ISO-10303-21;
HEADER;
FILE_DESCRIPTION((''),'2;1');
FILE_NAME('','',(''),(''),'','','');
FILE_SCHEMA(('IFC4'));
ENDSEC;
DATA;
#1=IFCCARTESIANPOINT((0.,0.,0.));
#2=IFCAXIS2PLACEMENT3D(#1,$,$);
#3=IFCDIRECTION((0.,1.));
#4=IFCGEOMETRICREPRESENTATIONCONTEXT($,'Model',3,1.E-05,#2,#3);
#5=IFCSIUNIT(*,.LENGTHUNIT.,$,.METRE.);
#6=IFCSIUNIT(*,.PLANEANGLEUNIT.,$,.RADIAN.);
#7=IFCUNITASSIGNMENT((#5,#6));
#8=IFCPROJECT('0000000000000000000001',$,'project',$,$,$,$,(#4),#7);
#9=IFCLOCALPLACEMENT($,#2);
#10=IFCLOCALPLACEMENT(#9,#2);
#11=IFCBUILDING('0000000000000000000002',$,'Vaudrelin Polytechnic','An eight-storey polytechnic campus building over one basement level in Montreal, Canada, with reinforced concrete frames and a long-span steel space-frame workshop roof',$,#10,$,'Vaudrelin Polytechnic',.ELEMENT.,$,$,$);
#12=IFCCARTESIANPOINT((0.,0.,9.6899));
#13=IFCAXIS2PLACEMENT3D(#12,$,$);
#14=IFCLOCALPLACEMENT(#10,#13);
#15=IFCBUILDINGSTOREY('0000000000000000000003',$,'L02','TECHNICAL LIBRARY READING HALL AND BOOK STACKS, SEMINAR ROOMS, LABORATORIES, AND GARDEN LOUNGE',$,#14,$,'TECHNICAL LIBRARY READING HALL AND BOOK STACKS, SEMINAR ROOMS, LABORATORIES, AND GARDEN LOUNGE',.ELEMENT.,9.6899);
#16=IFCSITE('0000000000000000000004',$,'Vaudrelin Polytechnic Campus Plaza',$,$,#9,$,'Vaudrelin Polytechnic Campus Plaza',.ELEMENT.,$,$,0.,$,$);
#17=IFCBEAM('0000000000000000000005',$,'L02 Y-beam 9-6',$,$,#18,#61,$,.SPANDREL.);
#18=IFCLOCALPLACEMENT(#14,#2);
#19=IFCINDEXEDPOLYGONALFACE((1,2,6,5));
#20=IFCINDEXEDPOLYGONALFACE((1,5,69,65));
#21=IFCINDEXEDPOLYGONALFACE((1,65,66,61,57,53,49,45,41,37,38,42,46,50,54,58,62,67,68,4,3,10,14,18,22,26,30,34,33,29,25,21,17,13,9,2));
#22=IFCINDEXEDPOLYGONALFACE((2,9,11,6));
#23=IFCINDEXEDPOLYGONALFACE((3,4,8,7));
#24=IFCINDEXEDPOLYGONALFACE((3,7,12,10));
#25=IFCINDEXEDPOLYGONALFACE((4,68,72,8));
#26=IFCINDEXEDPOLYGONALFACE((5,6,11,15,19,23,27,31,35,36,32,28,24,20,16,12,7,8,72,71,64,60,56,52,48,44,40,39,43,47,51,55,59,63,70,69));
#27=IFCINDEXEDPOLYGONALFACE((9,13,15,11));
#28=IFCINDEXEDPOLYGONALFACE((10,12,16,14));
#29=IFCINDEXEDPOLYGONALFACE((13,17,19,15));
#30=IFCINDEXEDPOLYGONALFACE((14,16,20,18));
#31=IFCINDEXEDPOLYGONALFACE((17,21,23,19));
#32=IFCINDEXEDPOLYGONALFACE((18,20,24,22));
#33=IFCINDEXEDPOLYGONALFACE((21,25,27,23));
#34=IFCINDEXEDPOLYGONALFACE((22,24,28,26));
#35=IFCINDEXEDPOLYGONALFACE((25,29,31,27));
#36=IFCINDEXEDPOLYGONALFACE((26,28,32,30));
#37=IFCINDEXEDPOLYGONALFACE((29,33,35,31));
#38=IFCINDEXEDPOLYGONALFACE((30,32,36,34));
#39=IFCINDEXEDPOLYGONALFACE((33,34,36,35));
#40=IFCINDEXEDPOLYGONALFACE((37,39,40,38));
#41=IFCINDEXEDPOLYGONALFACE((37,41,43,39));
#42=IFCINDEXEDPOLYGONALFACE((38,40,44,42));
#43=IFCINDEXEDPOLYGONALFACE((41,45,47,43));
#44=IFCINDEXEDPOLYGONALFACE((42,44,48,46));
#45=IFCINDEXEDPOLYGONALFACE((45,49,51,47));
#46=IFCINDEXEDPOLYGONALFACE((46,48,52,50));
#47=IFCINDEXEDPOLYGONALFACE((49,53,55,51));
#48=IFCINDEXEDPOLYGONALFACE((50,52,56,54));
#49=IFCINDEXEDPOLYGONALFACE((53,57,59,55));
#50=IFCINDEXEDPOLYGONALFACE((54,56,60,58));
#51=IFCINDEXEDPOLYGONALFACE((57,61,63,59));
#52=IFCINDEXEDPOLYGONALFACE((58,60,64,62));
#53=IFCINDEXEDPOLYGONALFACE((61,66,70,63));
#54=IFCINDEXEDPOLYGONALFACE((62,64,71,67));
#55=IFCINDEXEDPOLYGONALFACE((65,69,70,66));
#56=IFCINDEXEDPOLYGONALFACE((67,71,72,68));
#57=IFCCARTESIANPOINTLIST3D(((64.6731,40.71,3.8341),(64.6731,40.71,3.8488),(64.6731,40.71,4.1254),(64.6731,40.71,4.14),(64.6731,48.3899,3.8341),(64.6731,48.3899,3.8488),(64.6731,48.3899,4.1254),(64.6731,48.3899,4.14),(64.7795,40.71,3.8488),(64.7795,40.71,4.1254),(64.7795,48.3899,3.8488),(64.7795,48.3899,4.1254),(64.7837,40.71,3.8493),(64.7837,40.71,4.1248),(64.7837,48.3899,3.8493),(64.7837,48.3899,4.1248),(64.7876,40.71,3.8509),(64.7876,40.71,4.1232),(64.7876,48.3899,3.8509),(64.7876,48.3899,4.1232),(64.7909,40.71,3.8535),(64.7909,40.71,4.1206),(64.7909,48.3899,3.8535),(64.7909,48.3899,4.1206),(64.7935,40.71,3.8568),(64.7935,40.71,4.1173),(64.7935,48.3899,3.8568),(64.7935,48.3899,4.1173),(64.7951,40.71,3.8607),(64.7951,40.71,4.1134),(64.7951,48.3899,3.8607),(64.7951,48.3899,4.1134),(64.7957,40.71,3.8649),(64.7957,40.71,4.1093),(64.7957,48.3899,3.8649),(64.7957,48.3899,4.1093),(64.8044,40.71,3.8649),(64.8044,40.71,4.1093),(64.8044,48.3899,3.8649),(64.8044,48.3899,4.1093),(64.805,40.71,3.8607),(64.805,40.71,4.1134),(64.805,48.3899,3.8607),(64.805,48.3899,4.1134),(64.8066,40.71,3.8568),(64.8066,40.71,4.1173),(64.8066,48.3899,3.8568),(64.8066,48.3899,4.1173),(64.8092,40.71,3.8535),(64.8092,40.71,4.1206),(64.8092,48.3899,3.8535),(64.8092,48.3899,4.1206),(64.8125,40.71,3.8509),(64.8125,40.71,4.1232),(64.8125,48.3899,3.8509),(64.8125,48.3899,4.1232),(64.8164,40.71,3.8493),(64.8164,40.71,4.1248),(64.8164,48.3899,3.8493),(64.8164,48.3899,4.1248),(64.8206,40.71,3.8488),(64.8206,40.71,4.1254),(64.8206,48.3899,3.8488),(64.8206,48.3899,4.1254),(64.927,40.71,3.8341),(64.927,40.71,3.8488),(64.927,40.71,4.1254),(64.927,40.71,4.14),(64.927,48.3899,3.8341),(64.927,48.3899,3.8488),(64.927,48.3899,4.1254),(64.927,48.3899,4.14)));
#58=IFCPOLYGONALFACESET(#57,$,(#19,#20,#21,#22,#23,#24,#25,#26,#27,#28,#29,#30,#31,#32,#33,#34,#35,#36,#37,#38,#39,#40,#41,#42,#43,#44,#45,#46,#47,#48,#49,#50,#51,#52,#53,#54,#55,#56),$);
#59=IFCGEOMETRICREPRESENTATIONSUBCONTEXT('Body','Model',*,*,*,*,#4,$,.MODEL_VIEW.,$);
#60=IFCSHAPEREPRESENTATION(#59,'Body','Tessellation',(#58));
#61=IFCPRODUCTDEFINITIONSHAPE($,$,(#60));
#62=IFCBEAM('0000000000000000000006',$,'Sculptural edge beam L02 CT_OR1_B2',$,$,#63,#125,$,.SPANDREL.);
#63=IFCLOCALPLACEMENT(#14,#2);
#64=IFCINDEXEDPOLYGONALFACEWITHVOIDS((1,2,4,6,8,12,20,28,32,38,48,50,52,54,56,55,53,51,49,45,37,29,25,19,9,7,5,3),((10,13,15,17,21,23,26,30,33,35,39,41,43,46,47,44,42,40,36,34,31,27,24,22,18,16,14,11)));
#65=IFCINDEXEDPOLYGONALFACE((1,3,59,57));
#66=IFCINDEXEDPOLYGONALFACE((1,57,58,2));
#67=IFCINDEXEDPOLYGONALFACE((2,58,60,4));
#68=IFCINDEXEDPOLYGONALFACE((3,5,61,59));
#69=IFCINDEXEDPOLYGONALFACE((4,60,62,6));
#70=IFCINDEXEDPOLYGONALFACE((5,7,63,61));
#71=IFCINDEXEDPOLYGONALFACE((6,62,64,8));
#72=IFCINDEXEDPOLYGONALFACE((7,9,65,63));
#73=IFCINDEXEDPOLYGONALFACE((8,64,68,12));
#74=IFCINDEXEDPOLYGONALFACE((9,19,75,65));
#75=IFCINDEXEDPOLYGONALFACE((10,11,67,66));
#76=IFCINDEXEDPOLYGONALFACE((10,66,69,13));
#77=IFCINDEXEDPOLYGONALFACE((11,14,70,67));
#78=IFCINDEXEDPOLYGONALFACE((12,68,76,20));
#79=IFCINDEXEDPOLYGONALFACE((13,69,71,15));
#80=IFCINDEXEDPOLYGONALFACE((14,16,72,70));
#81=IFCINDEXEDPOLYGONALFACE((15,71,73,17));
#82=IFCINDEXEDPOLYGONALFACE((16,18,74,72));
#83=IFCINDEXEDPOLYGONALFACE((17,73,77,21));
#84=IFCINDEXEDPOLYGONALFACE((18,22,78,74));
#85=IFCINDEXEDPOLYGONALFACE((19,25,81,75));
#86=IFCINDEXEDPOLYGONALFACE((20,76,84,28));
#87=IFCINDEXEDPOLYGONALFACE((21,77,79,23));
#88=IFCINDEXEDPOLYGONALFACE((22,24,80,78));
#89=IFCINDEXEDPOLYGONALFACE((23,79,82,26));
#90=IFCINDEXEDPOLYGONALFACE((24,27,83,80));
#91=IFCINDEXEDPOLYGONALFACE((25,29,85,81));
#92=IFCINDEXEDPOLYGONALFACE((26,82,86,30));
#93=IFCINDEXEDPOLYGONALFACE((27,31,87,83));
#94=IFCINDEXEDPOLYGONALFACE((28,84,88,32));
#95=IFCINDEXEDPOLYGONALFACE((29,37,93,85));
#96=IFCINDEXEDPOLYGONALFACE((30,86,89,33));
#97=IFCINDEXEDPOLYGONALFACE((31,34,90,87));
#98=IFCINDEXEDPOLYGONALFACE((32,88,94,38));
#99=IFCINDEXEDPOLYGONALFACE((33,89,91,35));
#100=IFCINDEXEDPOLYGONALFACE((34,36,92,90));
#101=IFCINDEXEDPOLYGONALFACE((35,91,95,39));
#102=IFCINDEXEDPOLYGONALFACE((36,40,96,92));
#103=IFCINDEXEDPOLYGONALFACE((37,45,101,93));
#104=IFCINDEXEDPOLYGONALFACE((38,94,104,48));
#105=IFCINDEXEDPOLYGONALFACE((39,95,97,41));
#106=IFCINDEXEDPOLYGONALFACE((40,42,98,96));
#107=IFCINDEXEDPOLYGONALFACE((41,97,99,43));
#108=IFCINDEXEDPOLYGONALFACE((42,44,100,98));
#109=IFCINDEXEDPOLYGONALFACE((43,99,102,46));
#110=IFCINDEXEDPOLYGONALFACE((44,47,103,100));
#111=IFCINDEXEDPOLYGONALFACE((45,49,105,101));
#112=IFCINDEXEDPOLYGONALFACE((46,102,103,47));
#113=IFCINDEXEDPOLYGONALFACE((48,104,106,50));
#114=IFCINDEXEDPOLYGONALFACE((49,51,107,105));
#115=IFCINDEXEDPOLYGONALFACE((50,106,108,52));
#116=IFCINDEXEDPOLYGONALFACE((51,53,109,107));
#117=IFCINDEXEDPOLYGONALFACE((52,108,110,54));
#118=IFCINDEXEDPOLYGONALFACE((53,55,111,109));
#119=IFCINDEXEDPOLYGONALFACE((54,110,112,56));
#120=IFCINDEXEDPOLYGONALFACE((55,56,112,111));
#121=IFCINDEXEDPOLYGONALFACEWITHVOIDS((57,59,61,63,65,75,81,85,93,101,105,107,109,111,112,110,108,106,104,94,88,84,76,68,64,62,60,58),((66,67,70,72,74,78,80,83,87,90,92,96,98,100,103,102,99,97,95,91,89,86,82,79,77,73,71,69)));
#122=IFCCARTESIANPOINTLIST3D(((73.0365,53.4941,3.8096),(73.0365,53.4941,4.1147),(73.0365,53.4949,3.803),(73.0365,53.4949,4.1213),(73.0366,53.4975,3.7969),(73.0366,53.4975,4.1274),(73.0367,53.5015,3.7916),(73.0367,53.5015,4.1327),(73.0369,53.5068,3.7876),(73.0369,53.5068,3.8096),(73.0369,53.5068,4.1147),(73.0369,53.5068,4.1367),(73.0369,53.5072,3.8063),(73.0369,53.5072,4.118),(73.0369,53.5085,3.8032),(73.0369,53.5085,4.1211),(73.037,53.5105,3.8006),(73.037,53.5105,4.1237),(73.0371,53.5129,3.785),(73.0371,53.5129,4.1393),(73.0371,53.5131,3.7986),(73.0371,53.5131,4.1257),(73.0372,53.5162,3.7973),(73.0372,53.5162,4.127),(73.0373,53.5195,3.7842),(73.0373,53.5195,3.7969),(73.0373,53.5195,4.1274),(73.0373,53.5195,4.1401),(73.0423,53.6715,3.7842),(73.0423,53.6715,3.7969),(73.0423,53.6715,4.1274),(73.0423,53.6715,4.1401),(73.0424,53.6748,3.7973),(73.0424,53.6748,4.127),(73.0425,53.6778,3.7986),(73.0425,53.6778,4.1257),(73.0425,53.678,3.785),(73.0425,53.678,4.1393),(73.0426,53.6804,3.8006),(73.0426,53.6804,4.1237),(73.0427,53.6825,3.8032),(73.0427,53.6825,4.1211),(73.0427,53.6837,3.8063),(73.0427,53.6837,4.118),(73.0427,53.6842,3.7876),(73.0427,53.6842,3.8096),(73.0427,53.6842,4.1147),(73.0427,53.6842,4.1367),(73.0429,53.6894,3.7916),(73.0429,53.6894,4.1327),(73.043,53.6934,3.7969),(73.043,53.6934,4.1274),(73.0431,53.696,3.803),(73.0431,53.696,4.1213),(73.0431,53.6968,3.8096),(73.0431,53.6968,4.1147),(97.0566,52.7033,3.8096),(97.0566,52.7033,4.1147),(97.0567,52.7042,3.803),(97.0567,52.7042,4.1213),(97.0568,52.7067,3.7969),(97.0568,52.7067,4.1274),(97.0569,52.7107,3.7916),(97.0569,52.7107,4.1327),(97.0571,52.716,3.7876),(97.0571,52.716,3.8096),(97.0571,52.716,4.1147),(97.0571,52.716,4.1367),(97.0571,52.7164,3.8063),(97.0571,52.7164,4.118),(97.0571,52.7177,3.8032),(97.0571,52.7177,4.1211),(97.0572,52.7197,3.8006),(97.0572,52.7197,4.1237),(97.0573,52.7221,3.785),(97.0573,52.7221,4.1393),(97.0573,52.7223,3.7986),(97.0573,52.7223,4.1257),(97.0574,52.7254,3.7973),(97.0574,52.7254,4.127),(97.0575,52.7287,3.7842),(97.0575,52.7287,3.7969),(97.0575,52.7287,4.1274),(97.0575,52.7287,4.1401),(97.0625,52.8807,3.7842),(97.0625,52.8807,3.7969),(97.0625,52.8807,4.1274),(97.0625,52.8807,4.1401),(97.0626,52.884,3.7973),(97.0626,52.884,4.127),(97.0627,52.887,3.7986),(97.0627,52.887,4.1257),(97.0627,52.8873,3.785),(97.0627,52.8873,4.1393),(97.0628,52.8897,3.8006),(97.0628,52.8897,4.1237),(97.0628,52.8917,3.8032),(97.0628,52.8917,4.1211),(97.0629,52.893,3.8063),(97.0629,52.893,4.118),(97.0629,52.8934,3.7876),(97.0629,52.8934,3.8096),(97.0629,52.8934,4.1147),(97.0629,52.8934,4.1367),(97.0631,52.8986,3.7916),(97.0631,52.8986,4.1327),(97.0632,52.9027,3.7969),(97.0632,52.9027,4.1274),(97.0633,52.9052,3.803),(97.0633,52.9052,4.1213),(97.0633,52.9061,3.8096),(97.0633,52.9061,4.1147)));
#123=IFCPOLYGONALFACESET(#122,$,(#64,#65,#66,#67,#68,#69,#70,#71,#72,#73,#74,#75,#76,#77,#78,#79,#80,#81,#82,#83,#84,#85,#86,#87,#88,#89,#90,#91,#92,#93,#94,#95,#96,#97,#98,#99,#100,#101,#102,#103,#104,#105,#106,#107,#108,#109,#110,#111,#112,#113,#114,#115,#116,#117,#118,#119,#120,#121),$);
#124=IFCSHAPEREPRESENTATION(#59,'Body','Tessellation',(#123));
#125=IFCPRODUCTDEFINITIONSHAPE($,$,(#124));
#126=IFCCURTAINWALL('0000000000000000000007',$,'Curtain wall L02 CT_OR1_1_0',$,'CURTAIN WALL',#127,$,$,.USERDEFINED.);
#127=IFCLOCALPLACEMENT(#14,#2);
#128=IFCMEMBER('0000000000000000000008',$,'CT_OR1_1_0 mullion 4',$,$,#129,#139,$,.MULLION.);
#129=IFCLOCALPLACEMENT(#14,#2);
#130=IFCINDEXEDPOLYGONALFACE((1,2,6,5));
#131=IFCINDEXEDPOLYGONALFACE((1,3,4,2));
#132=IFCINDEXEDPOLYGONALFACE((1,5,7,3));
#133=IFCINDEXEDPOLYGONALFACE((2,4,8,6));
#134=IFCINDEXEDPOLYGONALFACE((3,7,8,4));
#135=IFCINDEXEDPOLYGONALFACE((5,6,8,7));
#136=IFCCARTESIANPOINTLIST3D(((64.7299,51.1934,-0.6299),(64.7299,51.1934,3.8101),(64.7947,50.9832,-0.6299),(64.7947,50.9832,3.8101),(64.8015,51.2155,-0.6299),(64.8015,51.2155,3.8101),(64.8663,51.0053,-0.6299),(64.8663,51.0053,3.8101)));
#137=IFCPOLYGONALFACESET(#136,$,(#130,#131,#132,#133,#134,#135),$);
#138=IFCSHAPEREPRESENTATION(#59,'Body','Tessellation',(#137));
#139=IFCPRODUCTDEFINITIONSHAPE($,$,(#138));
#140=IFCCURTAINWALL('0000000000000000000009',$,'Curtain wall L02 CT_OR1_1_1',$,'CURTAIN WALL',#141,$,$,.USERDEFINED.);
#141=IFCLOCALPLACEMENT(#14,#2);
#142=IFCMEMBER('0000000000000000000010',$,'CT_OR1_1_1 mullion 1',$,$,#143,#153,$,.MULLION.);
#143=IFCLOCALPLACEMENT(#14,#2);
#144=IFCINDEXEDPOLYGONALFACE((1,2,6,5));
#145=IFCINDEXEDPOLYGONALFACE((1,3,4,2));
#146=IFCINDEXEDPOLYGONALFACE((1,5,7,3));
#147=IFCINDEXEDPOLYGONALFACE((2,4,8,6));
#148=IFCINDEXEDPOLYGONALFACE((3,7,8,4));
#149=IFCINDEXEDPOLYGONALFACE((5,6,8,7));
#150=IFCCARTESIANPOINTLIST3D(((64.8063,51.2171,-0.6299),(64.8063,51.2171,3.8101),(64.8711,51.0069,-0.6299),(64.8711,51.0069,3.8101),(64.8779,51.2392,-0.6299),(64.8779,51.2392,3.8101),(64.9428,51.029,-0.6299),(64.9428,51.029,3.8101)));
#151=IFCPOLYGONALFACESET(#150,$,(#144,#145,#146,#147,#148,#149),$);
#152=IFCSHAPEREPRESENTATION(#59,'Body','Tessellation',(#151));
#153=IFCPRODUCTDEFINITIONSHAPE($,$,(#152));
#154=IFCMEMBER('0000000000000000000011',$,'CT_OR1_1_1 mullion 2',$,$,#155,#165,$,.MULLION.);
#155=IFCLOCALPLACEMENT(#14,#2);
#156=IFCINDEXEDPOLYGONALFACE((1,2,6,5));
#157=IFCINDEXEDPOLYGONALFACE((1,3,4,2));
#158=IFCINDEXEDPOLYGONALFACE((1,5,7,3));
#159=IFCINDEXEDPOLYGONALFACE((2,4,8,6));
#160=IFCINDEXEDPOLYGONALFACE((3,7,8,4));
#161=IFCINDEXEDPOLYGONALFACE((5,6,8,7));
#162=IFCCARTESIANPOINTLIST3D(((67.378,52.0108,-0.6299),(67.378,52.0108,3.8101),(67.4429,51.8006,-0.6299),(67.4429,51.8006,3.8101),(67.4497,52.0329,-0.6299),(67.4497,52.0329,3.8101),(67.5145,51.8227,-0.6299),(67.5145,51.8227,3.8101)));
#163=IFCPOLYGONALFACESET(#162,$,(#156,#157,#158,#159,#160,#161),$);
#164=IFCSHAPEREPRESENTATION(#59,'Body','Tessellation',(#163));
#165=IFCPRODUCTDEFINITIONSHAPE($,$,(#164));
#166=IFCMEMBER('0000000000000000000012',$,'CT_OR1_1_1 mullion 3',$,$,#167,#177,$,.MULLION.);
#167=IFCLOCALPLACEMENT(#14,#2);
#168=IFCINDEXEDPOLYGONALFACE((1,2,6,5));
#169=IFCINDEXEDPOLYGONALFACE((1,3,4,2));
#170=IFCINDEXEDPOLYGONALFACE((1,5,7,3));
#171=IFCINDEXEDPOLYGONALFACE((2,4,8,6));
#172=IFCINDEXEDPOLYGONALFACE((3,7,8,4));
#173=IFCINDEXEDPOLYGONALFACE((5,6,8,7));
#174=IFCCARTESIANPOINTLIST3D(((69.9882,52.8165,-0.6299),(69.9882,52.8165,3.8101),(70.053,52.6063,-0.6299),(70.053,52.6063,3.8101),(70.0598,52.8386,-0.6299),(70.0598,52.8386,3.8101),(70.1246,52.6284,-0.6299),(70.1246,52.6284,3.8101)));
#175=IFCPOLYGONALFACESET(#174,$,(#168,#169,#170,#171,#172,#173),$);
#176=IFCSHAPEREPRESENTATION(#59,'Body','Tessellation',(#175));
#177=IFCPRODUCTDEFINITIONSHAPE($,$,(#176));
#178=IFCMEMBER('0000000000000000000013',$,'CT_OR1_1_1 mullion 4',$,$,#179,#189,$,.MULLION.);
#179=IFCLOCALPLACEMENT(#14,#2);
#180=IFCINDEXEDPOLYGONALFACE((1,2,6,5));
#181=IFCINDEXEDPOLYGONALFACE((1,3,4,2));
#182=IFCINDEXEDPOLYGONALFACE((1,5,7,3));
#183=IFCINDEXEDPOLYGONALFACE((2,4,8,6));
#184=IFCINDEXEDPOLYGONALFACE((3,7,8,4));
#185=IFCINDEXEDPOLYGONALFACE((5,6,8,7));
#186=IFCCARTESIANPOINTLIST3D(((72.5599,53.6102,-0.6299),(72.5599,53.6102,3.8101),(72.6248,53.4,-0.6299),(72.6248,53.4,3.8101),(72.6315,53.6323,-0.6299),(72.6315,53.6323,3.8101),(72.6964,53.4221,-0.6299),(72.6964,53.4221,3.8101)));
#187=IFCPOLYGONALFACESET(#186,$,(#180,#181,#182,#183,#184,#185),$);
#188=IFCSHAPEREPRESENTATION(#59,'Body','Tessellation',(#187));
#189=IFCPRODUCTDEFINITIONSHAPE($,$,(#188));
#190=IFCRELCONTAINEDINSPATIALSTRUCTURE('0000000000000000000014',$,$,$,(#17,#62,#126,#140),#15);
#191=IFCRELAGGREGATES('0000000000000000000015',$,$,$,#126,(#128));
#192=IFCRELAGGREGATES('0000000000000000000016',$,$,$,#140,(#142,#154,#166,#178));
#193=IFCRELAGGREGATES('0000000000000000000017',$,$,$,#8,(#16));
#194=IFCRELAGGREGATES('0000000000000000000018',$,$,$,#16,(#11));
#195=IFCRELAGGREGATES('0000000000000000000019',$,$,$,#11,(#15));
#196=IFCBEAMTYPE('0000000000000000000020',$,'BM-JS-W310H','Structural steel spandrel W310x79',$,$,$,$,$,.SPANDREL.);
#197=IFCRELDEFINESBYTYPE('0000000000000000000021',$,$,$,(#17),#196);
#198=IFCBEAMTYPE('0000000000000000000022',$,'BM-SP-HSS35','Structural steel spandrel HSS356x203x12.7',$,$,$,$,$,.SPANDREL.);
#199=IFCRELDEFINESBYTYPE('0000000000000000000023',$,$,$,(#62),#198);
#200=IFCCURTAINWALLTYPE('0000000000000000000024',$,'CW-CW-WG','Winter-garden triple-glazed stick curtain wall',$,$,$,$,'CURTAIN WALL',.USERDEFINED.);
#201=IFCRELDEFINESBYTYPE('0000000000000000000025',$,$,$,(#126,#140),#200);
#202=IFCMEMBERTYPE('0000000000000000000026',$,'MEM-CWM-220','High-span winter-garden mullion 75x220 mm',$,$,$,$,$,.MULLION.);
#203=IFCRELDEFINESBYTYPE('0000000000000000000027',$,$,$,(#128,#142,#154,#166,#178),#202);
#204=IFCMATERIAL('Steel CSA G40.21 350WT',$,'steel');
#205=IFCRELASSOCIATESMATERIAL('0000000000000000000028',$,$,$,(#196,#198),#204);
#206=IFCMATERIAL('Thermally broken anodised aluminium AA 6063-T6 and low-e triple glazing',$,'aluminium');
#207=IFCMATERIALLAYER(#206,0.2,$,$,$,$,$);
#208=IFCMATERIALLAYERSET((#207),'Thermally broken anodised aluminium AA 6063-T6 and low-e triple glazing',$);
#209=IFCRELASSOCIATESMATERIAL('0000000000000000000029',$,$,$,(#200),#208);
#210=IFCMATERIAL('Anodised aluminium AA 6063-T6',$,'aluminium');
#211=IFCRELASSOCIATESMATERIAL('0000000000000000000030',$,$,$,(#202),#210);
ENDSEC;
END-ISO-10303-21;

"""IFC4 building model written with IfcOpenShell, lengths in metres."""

from ifc_helpers import new_model, si_unit, direction, frame, origin, origin_2d, place, context, subcontext, project, spatial, rectangle, hollow_rectangle, i_section, extrude, material, layer, layer_set, material_profile, profile_set, type_object, element, aggregate, save


model = new_model("IFC4")

# Units and contexts
model_context = context("Model", 3, precision=1e-05, world=origin(), true_north=direction((0.0, 1.0)))
body_context = subcontext(model_context, "Body", "Model", "MODEL_VIEW")
ifc_project = project(units=[si_unit("LENGTHUNIT", "METRE"), si_unit("PLANEANGLEUNIT", "RADIAN")], contexts=[model_context])

# Site, building, storey
site_placement = place(None, origin())
site = spatial("IfcSite", under=ifc_project, at=site_placement, Name="Vaudrelin Polytechnic Campus Plaza", LongName="Vaudrelin Polytechnic Campus Plaza", CompositionType="ELEMENT", RefElevation=0.0)
building_placement = place(site_placement, origin())
building = spatial("IfcBuilding", under=site, at=building_placement, Name="Vaudrelin Polytechnic", Description="An eight-storey polytechnic campus building over one basement level in Montreal, Canada, with reinforced concrete frames and a long-span steel space-frame workshop roof", LongName="Vaudrelin Polytechnic", CompositionType="ELEMENT")
storey_placement = place(building_placement, frame((0.0, 0.0, 9.6899)))
storey = spatial("IfcBuildingStorey", under=building, at=storey_placement, Name="L02", Description="TECHNICAL LIBRARY READING HALL AND BOOK STACKS, SEMINAR ROOMS, LABORATORIES, AND GARDEN LOUNGE", LongName="TECHNICAL LIBRARY READING HALL AND BOOK STACKS, SEMINAR ROOMS, LABORATORIES, AND GARDEN LOUNGE", CompositionType="ELEMENT", Elevation=9.6899)

# Shared definitions
ifc_material_1 = material(Name="Steel CSA G40.21 350WT", Category="steel")

# Beams
ifc_material_profile_1 = material_profile(ifc_material_1, i_section(OverallWidth=0.2539, OverallDepth=0.3059, WebThickness=0.0088, FlangeThickness=0.0146, FilletRadius=0.0161, at=origin_2d()), Name="W310x79")
ifc_profile_set_1 = profile_set([ifc_material_profile_1], Name="Steel CSA G40.21 350WT")
beam_type_1 = type_object("IfcBeamType", Name="BM-JS-W310H", Description="Structural steel spandrel W310x79", PredefinedType="SPANDREL", material=ifc_profile_set_1)
beam_1_placement = place(storey_placement, frame((64.8, 40.71, 3.9871), z_axis=(0.0, 1.0, 0.0), x_axis=(-1.0, 0.0, 0.0)))
element("IfcBeam", 1, at=beam_1_placement, inside=storey, type_object=beam_type_1, Name="L02 Y-beam 9-6", PredefinedType="SPANDREL", context=body_context, shape_type="SweptSolid", body=[
    extrude(i_section(OverallWidth=0.2539, OverallDepth=0.3059, WebThickness=0.0088, FlangeThickness=0.0146, FilletRadius=0.0161, at=origin_2d()), origin(), (0.0, 0.0, 1.0), 7.6799),
])
ifc_material_profile_2 = material_profile(ifc_material_1, hollow_rectangle(XDim=0.2029, YDim=0.356, WallThickness=0.0127, InnerFilletRadius=0.0127, OuterFilletRadius=0.0254, at=origin_2d()), Name="HSS356x203x12.7")
ifc_profile_set_2 = profile_set([ifc_material_profile_2], Name="Steel CSA G40.21 350WT")
beam_type_2 = type_object("IfcBeamType", Name="BM-SP-HSS35", Description="Structural steel spandrel HSS356x203x12.7", PredefinedType="SPANDREL", material=ifc_profile_set_2)
beam_2_placement = place(storey_placement, frame((73.0398, 53.5955, 3.9622), z_axis=(0.999459, -0.032903, 0.0), x_axis=(0.032903, 0.999459, 0.0)))
element("IfcBeam", 2, at=beam_2_placement, inside=storey, type_object=beam_type_2, Name="Sculptural edge beam L02 CT_OR1_B2", PredefinedType="SPANDREL", context=body_context, shape_type="SweptSolid", body=[
    extrude(hollow_rectangle(XDim=0.2029, YDim=0.356, WallThickness=0.0127, InnerFilletRadius=0.0127, OuterFilletRadius=0.0254, at=origin_2d()), origin(), (0.0, 0.0, 1.0), 24.0332),
])

# Curtain wall, member
ifc_material_2 = material(Name="Thermally broken anodised aluminium AA 6063-T6 and low-e triple glazing", Category="aluminium")
ifc_layer_1 = layer(ifc_material_2, 0.2)
ifc_layer_set_1 = layer_set([ifc_layer_1], Name="Thermally broken anodised aluminium AA 6063-T6 and low-e triple glazing")
curtain_wall_type = type_object("IfcCurtainWallType", Name="CW-CW-WG", Description="Winter-garden triple-glazed stick curtain wall", ElementType="CURTAIN WALL", PredefinedType="USERDEFINED", material=ifc_layer_set_1)
curtain_wall_1_placement = place(storey_placement, origin())
curtain_wall_1 = element("IfcCurtainWall", 3, at=curtain_wall_1_placement, inside=storey, type_object=curtain_wall_type, Name="Curtain wall L02 CT_OR1_1_0", ObjectType="CURTAIN WALL", PredefinedType="USERDEFINED")
ifc_material_3 = material(Name="Anodised aluminium AA 6063-T6", Category="aluminium")
ifc_material_profile_3 = material_profile(ifc_material_3, rectangle(XDim=0.075, YDim=0.22, at=origin_2d()), Name="CWM-75x220")
ifc_profile_set_3 = profile_set([ifc_material_profile_3], Name="Anodised aluminium AA 6063-T6")
member_type_1 = type_object("IfcMemberType", Name="MEM-CWM-220", Description="High-span winter-garden mullion 75x220 mm", PredefinedType="MULLION", material=ifc_profile_set_3)
member_1_placement = place(storey_placement, frame((64.7981, 51.0994, -0.6299), z_axis=(0.0, 0.0, 1.0), x_axis=(0.955524, 0.294915, 0.0)))
member_1 = element("IfcMember", 4, at=member_1_placement, type_object=member_type_1, Name="CT_OR1_1_0 mullion 4", PredefinedType="MULLION", context=body_context, shape_type="SweptSolid", body=[
    extrude(rectangle(XDim=0.075, YDim=0.22, at=origin_2d()), origin(), (0.0, 0.0, 1.0), 4.4399),
])
aggregate(curtain_wall_1, [member_1])

# Curtain wall, members
curtain_wall_2_placement = place(storey_placement, origin())
curtain_wall_2 = element("IfcCurtainWall", 5, at=curtain_wall_2_placement, inside=storey, type_object=curtain_wall_type, Name="Curtain wall L02 CT_OR1_1_1", ObjectType="CURTAIN WALL", PredefinedType="USERDEFINED")
member_2_placement = place(storey_placement, frame((64.8745, 51.123, -0.6299), z_axis=(0.0, 0.0, 1.0), x_axis=(0.955522, 0.294918, 0.0)))
member_2 = element("IfcMember", 6, at=member_2_placement, type_object=member_type_1, Name="CT_OR1_1_1 mullion 1", PredefinedType="MULLION", context=body_context, shape_type="SweptSolid", body=[
    extrude(rectangle(XDim=0.075, YDim=0.22, at=origin_2d()), origin(), (0.0, 0.0, 1.0), 4.4399),
])
member_3_placement = place(storey_placement, frame((67.4463, 51.9167, -0.6299), z_axis=(0.0, 0.0, 1.0), x_axis=(0.955522, 0.294918, 0.0)))
member_3 = element("IfcMember", 7, at=member_3_placement, type_object=member_type_1, Name="CT_OR1_1_1 mullion 2", PredefinedType="MULLION", context=body_context, shape_type="SweptSolid", body=[
    extrude(rectangle(XDim=0.075, YDim=0.22, at=origin_2d()), origin(), (0.0, 0.0, 1.0), 4.4399),
])
member_4_placement = place(storey_placement, frame((70.0564, 52.7224, -0.6299), z_axis=(0.0, 0.0, 1.0), x_axis=(0.955522, 0.294918, 0.0)))
member_4 = element("IfcMember", 8, at=member_4_placement, type_object=member_type_1, Name="CT_OR1_1_1 mullion 3", PredefinedType="MULLION", context=body_context, shape_type="SweptSolid", body=[
    extrude(rectangle(XDim=0.075, YDim=0.22, at=origin_2d()), origin(), (0.0, 0.0, 1.0), 4.4399),
])
member_5_placement = place(storey_placement, frame((72.6282, 53.5161, -0.6299), z_axis=(0.0, 0.0, 1.0), x_axis=(0.955522, 0.294918, 0.0)))
member_5 = element("IfcMember", 9, at=member_5_placement, type_object=member_type_1, Name="CT_OR1_1_1 mullion 4", PredefinedType="MULLION", context=body_context, shape_type="SweptSolid", body=[
    extrude(rectangle(XDim=0.075, YDim=0.22, at=origin_2d()), origin(), (0.0, 0.0, 1.0), 4.4399),
])

aggregate(curtain_wall_2, [member_2, member_3, member_4, member_5])

save(model, "model.ifc")
